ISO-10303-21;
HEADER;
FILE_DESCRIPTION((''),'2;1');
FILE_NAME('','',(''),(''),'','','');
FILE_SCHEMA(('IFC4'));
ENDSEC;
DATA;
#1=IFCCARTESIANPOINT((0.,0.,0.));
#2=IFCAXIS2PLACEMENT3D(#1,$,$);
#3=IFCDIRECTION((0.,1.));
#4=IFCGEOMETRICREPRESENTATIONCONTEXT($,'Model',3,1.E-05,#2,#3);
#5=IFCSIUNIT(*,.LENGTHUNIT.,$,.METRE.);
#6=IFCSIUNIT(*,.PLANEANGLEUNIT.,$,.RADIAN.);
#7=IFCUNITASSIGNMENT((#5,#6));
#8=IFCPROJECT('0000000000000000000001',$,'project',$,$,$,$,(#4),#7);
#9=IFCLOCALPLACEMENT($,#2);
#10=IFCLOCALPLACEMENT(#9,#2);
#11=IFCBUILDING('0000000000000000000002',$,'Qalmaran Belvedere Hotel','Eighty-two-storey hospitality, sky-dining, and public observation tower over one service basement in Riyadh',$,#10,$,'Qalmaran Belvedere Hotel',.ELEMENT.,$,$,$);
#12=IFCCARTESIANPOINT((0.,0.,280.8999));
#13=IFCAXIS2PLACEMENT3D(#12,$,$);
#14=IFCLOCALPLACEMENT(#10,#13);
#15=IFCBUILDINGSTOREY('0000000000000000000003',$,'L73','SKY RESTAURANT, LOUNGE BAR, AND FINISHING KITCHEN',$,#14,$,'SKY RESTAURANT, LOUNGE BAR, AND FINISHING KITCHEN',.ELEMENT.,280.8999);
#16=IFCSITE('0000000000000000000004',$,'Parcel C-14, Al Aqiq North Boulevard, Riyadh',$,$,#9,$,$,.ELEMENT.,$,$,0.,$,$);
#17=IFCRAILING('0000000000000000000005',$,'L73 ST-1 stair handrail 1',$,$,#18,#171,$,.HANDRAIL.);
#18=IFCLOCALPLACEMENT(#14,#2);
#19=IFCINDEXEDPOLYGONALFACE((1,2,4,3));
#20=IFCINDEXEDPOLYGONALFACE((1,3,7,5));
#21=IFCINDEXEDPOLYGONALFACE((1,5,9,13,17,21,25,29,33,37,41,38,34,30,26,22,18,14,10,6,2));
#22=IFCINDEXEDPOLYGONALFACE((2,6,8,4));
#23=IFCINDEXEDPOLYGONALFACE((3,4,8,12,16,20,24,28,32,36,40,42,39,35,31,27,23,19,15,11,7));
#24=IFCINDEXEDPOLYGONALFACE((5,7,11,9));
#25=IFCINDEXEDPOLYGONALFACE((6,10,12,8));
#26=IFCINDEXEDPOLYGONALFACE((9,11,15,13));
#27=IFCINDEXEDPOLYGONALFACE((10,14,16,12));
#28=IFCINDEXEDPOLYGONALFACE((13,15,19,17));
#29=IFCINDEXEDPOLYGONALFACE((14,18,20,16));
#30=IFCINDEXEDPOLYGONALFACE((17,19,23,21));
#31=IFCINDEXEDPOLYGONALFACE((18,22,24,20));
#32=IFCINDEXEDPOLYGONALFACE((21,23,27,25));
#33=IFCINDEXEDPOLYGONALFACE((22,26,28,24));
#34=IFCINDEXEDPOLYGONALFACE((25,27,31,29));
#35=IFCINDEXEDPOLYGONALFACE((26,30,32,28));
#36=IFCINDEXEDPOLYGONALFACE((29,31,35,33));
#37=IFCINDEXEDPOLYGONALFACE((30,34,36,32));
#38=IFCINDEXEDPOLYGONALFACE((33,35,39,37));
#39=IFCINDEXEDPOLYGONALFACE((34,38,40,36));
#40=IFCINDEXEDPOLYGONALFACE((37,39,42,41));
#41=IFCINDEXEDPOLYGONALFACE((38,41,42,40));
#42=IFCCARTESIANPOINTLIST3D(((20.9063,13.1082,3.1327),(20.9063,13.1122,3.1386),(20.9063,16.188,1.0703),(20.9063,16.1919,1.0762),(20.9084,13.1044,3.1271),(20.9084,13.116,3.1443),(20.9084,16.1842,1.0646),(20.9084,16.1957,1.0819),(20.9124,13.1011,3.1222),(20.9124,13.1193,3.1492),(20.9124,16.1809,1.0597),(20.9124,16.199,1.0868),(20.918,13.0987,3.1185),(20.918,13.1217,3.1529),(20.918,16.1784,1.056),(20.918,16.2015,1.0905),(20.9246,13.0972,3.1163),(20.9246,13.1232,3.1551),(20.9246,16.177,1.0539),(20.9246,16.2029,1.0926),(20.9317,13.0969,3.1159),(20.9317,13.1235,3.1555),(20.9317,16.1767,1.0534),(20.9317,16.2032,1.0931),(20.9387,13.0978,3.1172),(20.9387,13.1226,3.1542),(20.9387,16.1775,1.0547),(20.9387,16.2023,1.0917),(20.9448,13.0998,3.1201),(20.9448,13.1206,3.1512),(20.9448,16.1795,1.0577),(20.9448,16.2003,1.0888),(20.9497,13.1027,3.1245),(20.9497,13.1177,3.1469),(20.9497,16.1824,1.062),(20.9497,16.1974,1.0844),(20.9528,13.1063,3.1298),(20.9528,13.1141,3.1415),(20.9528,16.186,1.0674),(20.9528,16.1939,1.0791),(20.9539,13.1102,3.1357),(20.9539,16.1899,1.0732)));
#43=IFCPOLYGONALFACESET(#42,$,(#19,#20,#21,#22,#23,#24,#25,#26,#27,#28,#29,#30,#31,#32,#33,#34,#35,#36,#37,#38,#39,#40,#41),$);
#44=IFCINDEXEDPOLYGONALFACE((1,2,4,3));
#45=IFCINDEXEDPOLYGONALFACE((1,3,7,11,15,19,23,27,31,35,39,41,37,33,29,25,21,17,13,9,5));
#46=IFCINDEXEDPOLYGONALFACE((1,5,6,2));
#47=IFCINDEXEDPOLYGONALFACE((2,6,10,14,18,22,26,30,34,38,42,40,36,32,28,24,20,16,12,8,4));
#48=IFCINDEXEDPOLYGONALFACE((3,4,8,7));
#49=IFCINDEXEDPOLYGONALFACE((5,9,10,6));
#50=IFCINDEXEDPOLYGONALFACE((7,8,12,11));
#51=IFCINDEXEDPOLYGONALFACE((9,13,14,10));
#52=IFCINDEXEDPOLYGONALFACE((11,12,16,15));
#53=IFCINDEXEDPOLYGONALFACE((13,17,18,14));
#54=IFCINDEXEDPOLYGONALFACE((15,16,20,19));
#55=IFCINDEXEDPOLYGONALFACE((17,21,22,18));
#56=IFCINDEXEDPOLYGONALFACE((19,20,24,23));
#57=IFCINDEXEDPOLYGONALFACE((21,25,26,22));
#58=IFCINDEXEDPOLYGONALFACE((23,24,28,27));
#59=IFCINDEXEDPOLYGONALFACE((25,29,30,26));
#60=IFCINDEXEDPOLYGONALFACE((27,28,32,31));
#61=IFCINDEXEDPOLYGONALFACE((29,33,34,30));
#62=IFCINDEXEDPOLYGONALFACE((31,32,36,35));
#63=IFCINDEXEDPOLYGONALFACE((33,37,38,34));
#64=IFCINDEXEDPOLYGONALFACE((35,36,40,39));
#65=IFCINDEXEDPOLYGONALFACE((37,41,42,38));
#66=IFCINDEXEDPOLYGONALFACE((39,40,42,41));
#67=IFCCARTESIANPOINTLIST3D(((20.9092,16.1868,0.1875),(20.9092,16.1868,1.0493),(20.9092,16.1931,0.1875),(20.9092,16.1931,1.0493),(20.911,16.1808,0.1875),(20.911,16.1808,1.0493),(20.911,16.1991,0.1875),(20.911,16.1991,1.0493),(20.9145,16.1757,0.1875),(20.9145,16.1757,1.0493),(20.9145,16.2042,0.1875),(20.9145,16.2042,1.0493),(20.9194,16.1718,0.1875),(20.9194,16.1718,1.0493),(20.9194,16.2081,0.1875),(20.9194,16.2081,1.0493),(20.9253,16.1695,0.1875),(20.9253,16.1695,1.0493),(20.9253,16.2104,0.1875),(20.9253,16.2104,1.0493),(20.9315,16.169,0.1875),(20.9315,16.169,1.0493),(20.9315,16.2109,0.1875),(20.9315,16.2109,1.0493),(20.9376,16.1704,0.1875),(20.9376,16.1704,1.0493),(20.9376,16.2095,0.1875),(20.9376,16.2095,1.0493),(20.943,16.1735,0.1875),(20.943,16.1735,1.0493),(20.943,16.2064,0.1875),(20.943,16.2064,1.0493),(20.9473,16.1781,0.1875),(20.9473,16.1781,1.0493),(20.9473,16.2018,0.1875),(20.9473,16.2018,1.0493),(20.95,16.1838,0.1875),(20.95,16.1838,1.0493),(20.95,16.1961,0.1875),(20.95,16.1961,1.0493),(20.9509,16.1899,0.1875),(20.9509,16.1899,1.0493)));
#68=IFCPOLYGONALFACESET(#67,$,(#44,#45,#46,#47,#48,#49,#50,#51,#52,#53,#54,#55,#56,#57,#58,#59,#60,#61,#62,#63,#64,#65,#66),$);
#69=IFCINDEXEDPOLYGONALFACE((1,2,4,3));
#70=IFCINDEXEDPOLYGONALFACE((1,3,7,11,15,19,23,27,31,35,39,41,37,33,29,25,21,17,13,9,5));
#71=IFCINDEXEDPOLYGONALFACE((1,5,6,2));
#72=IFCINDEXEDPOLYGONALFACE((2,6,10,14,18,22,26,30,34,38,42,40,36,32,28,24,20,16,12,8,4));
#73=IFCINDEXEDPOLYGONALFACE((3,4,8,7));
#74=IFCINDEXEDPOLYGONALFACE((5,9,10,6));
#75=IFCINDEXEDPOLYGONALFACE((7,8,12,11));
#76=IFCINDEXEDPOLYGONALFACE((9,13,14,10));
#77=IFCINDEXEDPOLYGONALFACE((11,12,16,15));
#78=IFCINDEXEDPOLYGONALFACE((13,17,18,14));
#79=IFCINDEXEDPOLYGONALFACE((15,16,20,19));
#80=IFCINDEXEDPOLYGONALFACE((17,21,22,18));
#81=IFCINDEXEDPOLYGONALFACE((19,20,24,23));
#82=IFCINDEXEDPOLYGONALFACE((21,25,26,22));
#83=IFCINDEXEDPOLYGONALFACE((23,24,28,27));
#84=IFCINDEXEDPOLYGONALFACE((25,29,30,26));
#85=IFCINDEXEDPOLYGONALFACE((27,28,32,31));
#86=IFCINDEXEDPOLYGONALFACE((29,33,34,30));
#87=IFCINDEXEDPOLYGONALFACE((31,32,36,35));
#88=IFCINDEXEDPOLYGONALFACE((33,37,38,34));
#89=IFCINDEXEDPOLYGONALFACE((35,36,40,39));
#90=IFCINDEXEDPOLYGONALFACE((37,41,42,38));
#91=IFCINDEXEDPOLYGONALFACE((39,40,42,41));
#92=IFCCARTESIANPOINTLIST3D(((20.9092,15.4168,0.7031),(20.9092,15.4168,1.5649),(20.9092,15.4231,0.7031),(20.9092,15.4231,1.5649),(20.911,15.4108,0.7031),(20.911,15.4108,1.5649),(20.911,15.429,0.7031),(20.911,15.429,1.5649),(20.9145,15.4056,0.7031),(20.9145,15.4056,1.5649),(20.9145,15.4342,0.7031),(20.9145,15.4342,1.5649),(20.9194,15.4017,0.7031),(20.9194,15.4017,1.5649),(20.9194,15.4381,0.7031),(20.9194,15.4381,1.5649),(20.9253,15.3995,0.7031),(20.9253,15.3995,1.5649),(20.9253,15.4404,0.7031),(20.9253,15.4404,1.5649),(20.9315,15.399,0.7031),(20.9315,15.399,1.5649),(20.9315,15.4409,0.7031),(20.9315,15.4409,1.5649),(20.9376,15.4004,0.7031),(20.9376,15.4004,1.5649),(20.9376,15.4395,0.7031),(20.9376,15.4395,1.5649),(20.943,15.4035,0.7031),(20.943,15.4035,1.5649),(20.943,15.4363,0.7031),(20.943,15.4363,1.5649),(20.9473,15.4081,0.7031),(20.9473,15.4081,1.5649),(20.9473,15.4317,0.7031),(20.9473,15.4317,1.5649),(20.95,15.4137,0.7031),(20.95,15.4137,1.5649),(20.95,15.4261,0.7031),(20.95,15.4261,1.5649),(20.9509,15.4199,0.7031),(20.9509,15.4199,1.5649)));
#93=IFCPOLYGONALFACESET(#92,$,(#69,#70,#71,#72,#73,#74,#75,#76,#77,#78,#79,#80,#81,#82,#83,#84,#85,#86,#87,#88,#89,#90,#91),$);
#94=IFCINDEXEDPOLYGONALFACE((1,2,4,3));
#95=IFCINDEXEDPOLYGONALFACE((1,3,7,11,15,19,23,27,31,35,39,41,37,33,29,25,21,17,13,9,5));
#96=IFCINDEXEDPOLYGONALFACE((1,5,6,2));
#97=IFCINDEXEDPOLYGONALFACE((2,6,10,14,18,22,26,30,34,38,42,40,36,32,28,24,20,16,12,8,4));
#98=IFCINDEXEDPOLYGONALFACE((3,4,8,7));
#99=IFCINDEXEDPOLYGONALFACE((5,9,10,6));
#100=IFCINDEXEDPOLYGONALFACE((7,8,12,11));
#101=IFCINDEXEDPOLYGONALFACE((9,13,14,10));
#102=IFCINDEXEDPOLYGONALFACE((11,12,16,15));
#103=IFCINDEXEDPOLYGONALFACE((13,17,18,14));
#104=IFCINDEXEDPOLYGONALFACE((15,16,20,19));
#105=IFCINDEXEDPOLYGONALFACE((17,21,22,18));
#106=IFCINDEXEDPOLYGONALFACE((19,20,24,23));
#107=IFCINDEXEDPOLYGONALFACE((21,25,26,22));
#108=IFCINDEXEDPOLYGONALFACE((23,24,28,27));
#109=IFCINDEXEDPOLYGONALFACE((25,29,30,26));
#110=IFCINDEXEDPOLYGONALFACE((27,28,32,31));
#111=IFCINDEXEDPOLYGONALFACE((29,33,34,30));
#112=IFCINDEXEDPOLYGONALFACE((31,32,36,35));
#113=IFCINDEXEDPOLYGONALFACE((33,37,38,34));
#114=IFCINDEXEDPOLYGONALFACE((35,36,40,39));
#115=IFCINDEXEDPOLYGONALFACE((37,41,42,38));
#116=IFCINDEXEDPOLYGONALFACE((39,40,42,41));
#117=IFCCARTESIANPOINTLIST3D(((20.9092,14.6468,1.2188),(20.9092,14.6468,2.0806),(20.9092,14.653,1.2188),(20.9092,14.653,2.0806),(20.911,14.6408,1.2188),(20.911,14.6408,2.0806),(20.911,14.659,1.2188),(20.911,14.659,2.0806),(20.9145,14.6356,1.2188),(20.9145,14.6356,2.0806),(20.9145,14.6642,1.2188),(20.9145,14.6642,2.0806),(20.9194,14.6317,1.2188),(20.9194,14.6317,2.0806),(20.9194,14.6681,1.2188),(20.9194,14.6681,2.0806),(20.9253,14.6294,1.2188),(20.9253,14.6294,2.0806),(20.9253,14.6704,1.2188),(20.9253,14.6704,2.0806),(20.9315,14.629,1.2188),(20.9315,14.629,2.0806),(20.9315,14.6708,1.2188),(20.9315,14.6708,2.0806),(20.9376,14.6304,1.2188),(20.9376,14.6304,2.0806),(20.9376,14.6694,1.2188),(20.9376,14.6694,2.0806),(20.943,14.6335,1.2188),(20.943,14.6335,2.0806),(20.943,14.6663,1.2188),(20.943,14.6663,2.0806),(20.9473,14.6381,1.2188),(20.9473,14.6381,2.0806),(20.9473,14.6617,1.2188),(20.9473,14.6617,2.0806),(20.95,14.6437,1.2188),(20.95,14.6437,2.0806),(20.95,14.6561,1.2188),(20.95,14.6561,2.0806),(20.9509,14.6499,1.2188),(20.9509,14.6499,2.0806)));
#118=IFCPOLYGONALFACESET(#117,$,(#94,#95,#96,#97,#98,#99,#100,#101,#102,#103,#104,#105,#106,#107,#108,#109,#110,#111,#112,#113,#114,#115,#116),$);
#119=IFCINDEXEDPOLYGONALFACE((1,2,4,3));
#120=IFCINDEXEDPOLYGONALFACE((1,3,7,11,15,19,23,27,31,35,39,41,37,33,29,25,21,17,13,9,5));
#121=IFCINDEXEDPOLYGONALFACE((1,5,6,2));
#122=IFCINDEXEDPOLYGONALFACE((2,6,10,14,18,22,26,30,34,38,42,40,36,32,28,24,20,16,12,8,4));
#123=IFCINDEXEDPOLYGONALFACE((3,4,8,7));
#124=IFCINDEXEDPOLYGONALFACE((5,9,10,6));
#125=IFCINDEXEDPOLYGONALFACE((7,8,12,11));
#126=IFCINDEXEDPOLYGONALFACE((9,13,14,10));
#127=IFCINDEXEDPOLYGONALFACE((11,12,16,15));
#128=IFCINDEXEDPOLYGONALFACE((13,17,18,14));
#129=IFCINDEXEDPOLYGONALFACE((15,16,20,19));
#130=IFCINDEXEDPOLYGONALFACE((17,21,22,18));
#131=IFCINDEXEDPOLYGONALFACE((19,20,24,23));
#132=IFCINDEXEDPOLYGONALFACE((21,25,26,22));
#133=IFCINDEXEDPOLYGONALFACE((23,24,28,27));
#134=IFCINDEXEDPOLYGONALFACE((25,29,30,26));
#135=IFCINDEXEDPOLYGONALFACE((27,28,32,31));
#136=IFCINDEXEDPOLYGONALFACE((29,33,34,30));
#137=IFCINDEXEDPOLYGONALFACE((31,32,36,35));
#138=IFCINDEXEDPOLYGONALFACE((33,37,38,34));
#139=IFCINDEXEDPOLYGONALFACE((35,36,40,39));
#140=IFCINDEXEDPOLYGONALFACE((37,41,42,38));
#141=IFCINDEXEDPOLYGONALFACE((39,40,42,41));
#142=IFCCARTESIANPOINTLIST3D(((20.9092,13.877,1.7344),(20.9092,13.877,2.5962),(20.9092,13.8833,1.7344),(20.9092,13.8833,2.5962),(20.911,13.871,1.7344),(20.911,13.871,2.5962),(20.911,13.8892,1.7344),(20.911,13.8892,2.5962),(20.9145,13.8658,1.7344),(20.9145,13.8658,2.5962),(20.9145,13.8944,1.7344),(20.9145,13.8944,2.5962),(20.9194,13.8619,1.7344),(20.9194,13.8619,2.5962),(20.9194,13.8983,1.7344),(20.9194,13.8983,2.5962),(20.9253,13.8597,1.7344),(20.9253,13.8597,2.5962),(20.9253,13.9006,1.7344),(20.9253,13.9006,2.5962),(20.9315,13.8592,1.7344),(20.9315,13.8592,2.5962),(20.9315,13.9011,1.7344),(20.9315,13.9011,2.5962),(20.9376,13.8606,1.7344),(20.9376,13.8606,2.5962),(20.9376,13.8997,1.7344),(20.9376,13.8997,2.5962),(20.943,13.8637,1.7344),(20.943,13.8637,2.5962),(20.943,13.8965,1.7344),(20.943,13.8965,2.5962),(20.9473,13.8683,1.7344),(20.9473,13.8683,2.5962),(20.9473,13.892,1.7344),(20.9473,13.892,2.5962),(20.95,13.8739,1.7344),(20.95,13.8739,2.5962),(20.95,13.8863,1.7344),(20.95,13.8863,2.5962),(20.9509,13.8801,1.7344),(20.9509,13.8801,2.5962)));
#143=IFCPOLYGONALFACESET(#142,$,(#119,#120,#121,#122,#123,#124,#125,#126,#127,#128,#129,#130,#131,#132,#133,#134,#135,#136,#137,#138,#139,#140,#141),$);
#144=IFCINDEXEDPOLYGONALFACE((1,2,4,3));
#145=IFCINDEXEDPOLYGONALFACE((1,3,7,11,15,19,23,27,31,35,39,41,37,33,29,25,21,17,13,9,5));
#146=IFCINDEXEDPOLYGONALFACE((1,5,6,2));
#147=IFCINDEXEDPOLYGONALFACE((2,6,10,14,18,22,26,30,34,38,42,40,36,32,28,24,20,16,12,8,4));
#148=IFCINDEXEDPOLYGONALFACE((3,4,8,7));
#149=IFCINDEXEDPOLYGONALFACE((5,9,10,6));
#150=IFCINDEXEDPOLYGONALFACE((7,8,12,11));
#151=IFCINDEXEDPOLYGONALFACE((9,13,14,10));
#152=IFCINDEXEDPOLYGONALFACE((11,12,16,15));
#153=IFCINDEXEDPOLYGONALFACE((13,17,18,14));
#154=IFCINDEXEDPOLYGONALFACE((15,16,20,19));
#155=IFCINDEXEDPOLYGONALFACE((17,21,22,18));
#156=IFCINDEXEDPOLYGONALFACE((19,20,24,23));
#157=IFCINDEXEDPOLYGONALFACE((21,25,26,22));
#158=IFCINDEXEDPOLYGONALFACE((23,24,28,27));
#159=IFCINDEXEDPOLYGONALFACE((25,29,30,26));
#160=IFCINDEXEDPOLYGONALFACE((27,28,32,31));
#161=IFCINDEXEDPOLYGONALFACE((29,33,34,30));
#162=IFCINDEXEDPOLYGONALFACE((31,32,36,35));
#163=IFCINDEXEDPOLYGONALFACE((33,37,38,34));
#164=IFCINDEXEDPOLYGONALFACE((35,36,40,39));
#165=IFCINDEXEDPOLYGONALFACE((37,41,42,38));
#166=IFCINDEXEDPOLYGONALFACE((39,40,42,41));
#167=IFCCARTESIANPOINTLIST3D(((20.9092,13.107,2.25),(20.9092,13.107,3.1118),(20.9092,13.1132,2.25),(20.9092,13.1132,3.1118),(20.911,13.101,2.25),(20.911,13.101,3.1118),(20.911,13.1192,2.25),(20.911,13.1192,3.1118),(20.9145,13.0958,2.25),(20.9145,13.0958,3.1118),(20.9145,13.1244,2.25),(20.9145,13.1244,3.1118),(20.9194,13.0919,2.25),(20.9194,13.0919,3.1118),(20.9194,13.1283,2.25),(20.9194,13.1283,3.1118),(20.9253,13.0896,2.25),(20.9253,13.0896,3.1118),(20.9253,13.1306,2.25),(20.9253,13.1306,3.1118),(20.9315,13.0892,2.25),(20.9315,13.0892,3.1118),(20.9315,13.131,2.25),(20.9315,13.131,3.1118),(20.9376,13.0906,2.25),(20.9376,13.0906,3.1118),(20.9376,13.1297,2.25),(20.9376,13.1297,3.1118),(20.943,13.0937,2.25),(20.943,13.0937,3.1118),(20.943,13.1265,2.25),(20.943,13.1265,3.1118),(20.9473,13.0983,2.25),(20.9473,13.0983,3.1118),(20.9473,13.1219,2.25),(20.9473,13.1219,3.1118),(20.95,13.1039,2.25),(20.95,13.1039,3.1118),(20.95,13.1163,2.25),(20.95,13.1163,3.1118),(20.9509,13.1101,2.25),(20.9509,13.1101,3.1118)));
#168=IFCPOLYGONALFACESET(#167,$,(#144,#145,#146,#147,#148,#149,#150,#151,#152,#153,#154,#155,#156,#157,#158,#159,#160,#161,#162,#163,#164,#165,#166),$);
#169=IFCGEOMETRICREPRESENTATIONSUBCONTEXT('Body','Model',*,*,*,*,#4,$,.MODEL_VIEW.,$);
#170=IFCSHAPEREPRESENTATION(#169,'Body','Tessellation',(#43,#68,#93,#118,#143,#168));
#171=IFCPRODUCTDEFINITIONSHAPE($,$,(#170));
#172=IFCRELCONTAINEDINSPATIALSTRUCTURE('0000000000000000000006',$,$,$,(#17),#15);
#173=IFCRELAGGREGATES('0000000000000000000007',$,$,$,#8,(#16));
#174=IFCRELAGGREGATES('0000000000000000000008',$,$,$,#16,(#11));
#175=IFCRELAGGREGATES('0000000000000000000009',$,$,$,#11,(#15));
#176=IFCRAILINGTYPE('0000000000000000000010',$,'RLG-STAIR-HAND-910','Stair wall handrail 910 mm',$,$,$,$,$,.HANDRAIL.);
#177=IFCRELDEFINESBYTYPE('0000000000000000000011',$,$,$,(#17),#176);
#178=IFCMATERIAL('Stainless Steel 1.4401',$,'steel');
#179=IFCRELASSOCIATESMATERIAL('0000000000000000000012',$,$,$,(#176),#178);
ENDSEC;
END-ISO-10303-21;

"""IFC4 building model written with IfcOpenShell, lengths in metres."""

from ifc_helpers import new_model, si_unit, direction, frame, origin, origin_2d, place, context, subcontext, project, spatial, circle, extrude, material, type_object, element, save


model = new_model("IFC4")

# Units and contexts
model_context = context("Model", 3, precision=1e-05, world=origin(), true_north=direction((0.0, 1.0)))
body_context = subcontext(model_context, "Body", "Model", "MODEL_VIEW")
ifc_project = project(units=[si_unit("LENGTHUNIT", "METRE"), si_unit("PLANEANGLEUNIT", "RADIAN")], contexts=[model_context])

# Site, building, storey
site_placement = place(None, origin())
site = spatial("IfcSite", under=ifc_project, at=site_placement, Name="Parcel C-14, Al Aqiq North Boulevard, Riyadh", CompositionType="ELEMENT", RefElevation=0.0)
building_placement = place(site_placement, origin())
building = spatial("IfcBuilding", under=site, at=building_placement, Name="Qalmaran Belvedere Hotel", Description="Eighty-two-storey hospitality, sky-dining, and public observation tower over one service basement in Riyadh", LongName="Qalmaran Belvedere Hotel", CompositionType="ELEMENT")
storey_placement = place(building_placement, frame((0.0, 0.0, 280.8999)))
storey = spatial("IfcBuildingStorey", under=building, at=storey_placement, Name="L73", Description="SKY RESTAURANT, LOUNGE BAR, AND FINISHING KITCHEN", LongName="SKY RESTAURANT, LOUNGE BAR, AND FINISHING KITCHEN", CompositionType="ELEMENT", Elevation=280.8999)

# Railing
ifc_material_1 = material(Name="Stainless Steel 1.4401", Category="steel")
railing_type_1 = type_object("IfcRailingType", Name="RLG-STAIR-HAND-910", Description="Stair wall handrail 910 mm", PredefinedType="HANDRAIL", material=ifc_material_1)
railing_1_placement = place(storey_placement, frame((20.9299, 16.1899, 0.1875)))
element("IfcRailing", 1, at=railing_1_placement, inside=storey, type_object=railing_type_1, Name="L73 ST-1 stair handrail 1", PredefinedType="HANDRAIL", context=body_context, shape_type="SweptSolid", body=[
    extrude(circle(Radius=0.0239, at=origin_2d()), frame((0.0, 0.0, 0.8857), z_axis=(0.0, -0.830893, 0.556432), x_axis=(1.0, 0.0, 0.0)), (0.0, 0.0, 1.0), 3.7065),
    extrude(circle(Radius=0.021, at=origin_2d()), origin(), (0.0, 0.0, 1.0), 0.8618),
    extrude(circle(Radius=0.021, at=origin_2d()), frame((0.0, -0.77, 0.5156)), (0.0, 0.0, 1.0), 0.8618),
    extrude(circle(Radius=0.021, at=origin_2d()), frame((0.0, -1.54, 1.0312)), (0.0, 0.0, 1.0), 0.8618),
    extrude(circle(Radius=0.021, at=origin_2d()), frame((0.0, -2.3098, 1.5469)), (0.0, 0.0, 1.0), 0.8618),
    extrude(circle(Radius=0.021, at=origin_2d()), frame((0.0, -3.0798, 2.0625)), (0.0, 0.0, 1.0), 0.8618),
])

save(model, "model.ifc")
